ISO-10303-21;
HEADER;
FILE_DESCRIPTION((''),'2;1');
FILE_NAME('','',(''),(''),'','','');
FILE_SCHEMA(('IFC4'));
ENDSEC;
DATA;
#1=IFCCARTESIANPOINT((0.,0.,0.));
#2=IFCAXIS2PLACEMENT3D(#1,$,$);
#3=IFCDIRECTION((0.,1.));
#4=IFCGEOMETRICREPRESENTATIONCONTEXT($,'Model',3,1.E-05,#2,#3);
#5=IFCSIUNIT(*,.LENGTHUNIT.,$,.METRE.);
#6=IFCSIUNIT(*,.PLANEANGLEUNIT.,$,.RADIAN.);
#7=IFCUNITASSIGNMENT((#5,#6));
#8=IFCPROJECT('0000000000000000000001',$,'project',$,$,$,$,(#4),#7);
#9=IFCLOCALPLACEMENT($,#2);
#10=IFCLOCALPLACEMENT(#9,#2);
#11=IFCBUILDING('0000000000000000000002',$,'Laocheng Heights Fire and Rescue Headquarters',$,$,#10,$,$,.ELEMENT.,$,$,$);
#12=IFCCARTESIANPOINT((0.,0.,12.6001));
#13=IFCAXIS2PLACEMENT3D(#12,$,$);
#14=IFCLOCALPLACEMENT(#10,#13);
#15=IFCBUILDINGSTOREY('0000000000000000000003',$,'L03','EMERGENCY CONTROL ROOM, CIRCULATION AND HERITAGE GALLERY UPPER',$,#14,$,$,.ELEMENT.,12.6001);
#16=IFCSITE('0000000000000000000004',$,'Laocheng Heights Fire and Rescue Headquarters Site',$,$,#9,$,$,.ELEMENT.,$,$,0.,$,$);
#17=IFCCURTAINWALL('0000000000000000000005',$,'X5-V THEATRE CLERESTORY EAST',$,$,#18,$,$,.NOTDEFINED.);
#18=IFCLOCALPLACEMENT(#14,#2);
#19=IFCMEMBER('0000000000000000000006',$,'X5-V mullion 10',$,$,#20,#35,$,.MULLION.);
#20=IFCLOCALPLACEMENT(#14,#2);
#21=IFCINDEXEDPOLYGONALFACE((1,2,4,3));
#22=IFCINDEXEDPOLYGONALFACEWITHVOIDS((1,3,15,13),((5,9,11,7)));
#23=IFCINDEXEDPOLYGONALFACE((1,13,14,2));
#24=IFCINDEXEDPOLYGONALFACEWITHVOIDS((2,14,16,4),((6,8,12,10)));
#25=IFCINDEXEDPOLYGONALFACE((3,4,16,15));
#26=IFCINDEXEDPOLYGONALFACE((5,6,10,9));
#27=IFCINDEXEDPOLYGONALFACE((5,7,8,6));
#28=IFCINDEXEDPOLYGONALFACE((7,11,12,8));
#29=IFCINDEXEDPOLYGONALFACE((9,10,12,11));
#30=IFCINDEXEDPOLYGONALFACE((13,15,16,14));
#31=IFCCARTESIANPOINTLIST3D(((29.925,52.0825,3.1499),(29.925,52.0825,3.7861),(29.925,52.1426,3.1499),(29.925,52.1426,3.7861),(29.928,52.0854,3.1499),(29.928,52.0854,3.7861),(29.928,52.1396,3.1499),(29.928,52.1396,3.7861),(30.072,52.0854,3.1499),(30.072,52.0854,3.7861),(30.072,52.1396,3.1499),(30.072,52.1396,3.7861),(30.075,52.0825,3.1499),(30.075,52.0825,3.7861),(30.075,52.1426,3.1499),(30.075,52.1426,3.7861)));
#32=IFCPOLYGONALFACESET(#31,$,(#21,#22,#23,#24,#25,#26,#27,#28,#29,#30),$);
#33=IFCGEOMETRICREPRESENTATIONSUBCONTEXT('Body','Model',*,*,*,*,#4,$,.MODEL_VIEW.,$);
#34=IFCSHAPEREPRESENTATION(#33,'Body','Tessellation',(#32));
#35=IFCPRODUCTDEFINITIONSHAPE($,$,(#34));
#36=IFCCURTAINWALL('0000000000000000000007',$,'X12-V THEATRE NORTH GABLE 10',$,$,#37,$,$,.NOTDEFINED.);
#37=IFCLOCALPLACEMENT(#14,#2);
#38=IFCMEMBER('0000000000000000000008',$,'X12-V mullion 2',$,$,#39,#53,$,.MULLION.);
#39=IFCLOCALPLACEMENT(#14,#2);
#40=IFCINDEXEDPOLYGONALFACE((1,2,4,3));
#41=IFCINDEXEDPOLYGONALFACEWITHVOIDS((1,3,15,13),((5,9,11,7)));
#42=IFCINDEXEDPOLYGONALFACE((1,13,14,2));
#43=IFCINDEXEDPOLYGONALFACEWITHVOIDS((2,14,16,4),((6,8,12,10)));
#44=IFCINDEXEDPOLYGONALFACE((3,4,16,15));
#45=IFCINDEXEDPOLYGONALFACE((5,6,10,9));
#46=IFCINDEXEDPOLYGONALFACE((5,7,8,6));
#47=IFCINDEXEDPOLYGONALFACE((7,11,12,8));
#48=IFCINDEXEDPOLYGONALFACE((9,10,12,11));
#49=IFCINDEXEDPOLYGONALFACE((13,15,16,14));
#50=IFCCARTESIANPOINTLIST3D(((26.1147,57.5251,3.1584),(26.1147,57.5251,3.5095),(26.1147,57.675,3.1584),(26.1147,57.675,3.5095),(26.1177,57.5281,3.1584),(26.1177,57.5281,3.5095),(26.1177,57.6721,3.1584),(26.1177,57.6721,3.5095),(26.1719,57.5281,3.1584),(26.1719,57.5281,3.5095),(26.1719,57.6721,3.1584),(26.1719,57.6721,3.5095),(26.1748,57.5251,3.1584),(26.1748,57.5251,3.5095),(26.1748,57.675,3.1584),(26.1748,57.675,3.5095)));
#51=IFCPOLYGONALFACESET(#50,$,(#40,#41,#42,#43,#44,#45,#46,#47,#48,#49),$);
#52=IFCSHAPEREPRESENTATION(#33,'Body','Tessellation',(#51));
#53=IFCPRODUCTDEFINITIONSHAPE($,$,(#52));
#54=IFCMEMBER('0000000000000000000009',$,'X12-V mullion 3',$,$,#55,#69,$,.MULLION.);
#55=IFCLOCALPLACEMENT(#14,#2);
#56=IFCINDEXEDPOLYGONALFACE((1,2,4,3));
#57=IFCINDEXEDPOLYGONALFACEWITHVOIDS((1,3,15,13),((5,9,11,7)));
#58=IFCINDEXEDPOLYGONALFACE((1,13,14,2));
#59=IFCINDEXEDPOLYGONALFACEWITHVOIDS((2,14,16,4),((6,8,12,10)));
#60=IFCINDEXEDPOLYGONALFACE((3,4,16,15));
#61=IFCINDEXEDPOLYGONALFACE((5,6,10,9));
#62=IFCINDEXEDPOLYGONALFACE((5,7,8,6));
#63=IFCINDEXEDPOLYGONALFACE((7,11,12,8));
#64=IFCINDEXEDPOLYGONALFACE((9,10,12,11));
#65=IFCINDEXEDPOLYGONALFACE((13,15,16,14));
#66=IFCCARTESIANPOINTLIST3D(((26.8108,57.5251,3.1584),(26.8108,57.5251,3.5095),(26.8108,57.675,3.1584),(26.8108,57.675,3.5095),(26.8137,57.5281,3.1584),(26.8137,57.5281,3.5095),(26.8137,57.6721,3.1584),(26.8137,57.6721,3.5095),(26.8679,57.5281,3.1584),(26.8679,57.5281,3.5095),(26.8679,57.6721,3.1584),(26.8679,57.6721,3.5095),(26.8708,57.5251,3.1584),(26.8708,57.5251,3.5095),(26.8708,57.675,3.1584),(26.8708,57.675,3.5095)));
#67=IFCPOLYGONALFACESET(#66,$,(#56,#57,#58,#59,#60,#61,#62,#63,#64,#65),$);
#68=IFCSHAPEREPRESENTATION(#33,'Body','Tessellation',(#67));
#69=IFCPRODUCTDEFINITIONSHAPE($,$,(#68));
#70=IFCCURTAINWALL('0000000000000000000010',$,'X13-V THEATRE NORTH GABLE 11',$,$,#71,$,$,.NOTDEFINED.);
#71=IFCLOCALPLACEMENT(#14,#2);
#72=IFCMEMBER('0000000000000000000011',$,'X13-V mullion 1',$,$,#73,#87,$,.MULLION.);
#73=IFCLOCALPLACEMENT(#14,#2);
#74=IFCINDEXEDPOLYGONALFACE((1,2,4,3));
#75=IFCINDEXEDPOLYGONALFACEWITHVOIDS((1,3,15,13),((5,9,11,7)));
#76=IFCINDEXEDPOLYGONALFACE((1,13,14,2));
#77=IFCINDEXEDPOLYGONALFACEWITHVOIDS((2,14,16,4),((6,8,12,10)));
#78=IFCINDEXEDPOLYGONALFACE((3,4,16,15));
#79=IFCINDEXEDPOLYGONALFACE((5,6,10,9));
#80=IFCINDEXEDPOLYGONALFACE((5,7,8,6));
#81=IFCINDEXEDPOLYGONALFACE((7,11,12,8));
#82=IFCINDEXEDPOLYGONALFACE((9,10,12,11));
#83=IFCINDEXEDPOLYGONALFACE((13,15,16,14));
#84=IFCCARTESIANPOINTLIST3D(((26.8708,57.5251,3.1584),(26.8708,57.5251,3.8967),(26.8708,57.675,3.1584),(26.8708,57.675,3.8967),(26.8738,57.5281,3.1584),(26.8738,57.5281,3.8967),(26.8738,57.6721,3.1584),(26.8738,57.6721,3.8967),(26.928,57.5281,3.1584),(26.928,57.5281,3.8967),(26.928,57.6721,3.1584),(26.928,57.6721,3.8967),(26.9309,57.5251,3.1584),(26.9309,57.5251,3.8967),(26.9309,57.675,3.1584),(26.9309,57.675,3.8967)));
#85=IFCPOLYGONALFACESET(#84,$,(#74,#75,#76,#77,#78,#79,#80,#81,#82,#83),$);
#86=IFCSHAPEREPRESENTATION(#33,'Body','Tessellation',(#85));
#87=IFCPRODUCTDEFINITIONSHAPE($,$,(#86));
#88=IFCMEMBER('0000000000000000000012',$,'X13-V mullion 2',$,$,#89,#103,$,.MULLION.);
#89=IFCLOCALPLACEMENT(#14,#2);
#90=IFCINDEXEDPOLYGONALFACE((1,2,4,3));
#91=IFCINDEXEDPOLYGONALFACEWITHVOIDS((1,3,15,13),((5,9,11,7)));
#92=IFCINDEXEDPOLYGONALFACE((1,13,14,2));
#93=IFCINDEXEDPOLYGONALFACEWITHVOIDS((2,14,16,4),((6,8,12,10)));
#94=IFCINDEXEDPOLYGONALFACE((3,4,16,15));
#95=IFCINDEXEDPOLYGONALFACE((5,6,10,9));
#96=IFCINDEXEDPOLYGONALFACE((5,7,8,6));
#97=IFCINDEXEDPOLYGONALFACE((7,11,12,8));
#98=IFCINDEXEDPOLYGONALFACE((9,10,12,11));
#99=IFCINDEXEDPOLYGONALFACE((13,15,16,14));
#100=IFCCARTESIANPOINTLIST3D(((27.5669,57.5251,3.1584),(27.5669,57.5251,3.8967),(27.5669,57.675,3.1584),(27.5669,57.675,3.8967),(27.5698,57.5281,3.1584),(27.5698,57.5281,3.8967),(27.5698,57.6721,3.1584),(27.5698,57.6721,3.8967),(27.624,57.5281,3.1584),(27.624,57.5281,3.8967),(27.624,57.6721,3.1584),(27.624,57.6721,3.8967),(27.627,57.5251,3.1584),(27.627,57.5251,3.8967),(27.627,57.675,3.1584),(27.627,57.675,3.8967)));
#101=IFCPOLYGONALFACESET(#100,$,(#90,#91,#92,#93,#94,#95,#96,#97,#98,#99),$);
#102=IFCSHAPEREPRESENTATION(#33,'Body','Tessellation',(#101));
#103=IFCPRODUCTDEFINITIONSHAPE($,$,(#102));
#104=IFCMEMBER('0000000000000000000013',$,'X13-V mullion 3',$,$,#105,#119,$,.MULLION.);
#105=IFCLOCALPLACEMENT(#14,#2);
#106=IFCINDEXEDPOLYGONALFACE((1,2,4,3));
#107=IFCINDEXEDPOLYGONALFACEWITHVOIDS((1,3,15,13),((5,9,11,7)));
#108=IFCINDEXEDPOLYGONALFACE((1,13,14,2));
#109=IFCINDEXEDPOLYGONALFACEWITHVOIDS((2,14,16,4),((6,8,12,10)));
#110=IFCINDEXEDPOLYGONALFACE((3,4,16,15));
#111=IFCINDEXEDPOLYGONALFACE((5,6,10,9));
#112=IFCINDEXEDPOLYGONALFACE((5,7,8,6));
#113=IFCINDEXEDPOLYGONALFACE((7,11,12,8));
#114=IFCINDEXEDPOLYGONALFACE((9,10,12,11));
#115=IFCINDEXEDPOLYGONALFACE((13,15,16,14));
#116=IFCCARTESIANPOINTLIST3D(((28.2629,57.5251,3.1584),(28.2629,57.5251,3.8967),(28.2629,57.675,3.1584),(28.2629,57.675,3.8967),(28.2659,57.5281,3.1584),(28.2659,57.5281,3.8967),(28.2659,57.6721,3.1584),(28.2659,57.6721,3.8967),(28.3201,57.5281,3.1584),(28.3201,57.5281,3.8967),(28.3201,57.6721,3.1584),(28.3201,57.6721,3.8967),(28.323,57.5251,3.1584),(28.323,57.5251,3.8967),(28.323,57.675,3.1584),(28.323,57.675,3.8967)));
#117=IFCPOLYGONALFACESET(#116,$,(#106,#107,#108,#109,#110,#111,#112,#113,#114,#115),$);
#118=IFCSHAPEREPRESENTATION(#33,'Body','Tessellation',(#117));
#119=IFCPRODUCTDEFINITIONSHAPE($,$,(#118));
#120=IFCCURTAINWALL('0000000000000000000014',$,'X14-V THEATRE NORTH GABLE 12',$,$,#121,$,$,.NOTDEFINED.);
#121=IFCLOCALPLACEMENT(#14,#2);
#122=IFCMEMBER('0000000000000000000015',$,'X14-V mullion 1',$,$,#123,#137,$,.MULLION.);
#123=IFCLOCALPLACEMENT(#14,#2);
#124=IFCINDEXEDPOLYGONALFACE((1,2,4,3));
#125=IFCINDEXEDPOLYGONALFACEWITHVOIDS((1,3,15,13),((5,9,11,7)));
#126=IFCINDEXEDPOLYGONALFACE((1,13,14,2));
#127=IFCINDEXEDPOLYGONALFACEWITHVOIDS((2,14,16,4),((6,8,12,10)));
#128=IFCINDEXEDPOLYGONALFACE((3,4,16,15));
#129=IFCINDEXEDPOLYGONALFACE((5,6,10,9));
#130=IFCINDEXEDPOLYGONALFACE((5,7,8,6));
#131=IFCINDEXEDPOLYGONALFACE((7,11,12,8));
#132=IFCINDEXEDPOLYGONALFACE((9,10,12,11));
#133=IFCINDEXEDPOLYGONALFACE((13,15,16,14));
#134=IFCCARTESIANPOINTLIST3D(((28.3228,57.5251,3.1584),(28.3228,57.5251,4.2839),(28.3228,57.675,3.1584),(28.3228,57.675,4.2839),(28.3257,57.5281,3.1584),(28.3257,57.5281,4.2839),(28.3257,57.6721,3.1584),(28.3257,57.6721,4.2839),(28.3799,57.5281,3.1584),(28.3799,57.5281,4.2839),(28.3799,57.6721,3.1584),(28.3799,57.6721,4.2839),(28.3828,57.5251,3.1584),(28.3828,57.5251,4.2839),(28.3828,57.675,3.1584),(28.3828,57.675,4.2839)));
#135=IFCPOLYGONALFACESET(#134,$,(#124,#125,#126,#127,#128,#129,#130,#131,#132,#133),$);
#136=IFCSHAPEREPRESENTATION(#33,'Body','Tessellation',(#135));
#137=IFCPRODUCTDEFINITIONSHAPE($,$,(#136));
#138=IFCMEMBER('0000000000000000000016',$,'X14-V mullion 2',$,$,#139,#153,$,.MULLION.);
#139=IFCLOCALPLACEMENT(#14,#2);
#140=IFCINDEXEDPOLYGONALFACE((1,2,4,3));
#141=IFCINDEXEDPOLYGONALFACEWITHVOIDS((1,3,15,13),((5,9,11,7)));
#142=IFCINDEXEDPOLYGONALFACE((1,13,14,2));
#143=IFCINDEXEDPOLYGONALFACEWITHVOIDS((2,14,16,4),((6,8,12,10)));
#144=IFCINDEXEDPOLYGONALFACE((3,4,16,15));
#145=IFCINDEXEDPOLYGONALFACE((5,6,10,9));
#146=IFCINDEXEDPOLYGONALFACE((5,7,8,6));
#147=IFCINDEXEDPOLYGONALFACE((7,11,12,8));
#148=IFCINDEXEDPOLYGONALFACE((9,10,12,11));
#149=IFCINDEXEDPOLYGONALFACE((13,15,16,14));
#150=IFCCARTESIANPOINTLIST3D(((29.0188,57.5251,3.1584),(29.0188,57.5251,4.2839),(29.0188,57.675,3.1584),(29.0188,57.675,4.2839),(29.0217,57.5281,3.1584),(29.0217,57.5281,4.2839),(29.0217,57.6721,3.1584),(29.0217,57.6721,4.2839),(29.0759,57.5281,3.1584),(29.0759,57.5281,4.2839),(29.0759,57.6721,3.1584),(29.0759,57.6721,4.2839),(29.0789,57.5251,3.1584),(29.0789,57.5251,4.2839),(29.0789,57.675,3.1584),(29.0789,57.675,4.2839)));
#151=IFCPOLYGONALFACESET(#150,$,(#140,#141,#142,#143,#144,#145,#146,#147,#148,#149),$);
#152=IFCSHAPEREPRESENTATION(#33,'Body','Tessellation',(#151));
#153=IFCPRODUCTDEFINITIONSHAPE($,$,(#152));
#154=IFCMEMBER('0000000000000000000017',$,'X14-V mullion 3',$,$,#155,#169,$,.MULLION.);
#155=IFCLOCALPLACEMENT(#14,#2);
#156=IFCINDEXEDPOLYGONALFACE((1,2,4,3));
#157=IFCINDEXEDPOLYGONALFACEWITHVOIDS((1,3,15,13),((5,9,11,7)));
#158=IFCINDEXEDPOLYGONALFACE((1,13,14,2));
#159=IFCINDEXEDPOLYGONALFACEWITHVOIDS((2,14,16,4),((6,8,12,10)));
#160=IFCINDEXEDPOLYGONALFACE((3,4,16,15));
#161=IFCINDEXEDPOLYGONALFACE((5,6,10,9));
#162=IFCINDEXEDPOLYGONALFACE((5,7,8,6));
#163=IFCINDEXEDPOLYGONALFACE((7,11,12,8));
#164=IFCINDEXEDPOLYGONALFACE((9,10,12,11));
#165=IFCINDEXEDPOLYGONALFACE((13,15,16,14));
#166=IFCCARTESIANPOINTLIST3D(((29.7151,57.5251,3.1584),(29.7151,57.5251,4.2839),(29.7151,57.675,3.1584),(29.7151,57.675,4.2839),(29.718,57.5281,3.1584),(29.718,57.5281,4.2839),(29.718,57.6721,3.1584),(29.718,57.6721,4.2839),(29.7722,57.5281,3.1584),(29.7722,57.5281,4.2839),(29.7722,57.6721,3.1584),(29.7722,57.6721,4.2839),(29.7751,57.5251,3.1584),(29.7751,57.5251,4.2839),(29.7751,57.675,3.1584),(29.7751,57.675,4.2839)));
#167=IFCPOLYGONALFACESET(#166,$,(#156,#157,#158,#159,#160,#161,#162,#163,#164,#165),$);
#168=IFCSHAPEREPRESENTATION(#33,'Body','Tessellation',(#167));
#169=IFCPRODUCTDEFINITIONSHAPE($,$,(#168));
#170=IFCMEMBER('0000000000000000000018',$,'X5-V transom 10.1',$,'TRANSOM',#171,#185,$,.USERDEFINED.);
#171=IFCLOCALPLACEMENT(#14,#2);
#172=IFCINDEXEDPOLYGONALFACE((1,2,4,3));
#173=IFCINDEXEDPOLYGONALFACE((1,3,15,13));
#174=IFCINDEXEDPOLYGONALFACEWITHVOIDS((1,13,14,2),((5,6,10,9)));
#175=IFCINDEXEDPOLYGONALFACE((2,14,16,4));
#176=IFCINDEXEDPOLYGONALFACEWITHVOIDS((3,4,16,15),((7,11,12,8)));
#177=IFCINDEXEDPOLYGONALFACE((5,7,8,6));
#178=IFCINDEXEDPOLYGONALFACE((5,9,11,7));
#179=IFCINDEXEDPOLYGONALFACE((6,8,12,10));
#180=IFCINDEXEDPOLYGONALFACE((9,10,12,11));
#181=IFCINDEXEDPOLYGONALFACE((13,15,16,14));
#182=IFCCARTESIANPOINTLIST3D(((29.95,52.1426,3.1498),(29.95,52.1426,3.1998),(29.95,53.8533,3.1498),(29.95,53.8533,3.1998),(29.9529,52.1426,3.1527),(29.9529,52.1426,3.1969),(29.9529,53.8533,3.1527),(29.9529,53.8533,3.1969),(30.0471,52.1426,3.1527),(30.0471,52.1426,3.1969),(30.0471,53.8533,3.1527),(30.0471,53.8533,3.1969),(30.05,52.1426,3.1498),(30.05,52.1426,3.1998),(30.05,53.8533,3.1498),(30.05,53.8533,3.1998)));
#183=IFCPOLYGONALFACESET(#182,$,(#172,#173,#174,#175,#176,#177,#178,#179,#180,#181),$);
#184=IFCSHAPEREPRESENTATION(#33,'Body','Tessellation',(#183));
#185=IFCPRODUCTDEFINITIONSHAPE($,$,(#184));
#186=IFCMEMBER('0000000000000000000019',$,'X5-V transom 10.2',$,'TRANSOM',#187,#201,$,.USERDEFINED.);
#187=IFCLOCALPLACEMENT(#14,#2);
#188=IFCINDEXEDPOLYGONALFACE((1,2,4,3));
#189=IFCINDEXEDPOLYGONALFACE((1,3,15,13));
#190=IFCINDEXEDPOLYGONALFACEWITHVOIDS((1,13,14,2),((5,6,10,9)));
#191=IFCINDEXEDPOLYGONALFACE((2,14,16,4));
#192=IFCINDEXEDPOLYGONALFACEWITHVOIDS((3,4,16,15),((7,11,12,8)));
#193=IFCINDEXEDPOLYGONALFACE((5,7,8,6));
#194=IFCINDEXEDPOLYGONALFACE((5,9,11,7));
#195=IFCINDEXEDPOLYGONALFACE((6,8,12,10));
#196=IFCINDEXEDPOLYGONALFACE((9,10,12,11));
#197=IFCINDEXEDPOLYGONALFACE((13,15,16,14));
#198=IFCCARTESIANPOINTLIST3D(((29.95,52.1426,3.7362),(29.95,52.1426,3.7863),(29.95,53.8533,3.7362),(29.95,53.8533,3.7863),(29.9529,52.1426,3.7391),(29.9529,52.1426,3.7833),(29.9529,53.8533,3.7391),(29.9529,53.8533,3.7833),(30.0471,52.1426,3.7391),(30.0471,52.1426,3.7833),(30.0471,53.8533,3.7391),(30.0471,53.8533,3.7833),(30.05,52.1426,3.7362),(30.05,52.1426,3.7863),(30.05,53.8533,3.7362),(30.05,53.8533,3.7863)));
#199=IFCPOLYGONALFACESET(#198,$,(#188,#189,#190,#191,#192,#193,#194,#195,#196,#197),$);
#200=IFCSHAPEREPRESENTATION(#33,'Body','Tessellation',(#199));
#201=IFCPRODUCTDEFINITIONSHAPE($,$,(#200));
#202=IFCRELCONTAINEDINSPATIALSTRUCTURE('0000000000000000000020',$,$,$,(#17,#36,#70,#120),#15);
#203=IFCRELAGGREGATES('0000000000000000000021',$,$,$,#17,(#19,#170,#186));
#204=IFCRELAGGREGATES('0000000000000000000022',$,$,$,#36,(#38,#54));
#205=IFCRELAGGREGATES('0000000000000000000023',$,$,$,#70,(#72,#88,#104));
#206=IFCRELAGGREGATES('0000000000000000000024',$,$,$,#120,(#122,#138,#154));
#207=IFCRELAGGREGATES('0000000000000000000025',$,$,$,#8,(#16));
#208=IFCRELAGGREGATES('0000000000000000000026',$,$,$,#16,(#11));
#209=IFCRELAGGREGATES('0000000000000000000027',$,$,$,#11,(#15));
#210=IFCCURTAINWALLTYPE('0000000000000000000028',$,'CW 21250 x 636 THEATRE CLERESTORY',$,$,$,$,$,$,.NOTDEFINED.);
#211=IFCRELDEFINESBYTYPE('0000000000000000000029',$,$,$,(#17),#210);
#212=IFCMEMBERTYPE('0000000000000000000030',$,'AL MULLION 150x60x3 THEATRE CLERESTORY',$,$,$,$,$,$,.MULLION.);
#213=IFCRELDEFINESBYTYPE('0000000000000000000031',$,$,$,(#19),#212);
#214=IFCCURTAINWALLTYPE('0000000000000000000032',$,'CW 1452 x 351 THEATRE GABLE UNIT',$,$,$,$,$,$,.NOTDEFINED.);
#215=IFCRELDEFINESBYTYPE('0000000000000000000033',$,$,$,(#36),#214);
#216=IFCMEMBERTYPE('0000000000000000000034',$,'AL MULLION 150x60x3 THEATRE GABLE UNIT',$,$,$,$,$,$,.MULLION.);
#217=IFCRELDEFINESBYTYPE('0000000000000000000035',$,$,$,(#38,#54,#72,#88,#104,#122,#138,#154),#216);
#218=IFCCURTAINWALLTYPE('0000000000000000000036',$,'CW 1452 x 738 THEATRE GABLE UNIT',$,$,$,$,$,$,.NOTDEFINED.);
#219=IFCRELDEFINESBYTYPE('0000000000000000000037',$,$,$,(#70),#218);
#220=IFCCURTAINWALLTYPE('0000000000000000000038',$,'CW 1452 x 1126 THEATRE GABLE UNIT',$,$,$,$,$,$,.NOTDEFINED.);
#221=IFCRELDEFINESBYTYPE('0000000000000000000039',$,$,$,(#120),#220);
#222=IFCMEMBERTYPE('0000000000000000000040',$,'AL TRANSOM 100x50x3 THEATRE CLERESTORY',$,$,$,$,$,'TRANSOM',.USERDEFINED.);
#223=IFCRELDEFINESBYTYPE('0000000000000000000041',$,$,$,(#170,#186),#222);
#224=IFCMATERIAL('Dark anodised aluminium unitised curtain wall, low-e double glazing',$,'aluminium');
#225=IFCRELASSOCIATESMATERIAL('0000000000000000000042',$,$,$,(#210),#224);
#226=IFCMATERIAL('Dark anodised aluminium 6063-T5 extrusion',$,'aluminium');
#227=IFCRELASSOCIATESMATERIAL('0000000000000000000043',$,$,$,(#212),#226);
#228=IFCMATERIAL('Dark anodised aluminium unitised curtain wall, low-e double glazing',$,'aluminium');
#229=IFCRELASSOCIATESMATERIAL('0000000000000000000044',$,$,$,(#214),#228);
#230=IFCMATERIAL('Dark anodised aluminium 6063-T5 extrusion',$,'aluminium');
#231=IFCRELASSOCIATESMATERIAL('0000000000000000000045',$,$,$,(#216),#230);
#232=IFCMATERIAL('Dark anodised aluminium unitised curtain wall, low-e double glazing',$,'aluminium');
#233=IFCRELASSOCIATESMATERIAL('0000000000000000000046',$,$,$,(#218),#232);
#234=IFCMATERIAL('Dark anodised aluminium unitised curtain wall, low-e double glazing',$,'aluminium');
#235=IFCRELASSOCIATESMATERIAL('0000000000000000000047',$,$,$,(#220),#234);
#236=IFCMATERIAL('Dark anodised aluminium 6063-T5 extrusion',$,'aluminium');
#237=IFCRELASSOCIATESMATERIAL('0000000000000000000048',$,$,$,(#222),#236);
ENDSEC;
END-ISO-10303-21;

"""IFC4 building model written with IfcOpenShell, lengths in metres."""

from ifc_helpers import new_model, si_unit, direction, frame, origin, origin_2d, place, context, subcontext, project, spatial, hollow_rectangle, extrude, material, material_profile, profile_set, type_object, element, aggregate, save


model = new_model("IFC4")

# Units and contexts
model_context = context("Model", 3, precision=1e-05, world=origin(), true_north=direction((0.0, 1.0)))
body_context = subcontext(model_context, "Body", "Model", "MODEL_VIEW")
ifc_project = project(units=[si_unit("LENGTHUNIT", "METRE"), si_unit("PLANEANGLEUNIT", "RADIAN")], contexts=[model_context])

# Site, building, storey
site_placement = place(None, origin())
site = spatial("IfcSite", under=ifc_project, at=site_placement, Name="Laocheng Heights Fire and Rescue Headquarters Site", CompositionType="ELEMENT", RefElevation=0.0)
building_placement = place(site_placement, origin())
building = spatial("IfcBuilding", under=site, at=building_placement, Name="Laocheng Heights Fire and Rescue Headquarters", CompositionType="ELEMENT")
storey_placement = place(building_placement, frame((0.0, 0.0, 12.6001)))
storey = spatial("IfcBuildingStorey", under=building, at=storey_placement, Name="L03", Description="EMERGENCY CONTROL ROOM, CIRCULATION AND HERITAGE GALLERY UPPER", CompositionType="ELEMENT", Elevation=12.6001)

# Curtain wall, member
ifc_material_1 = material(Name="Dark anodised aluminium unitised curtain wall, low-e double glazing", Category="aluminium")
curtain_wall_type_1 = type_object("IfcCurtainWallType", Name="CW 21250 x 636 THEATRE CLERESTORY", PredefinedType="NOTDEFINED", material=ifc_material_1)
curtain_wall_1_placement = place(storey_placement, origin())
curtain_wall_1 = element("IfcCurtainWall", 1, at=curtain_wall_1_placement, inside=storey, type_object=curtain_wall_type_1, Name="X5-V THEATRE CLERESTORY EAST", PredefinedType="NOTDEFINED")
ifc_material_2 = material(Name="Dark anodised aluminium 6063-T5 extrusion", Category="aluminium")
ifc_material_profile_1 = material_profile(ifc_material_2, hollow_rectangle(XDim=0.1499, YDim=0.0601, WallThickness=0.0029, at=origin_2d()), Name="AL MULLION 150x60x3 THEATRE CLERESTORY")
ifc_profile_set_1 = profile_set([ifc_material_profile_1], Name="Dark anodised aluminium 6063-T5 extrusion")
member_type_1 = type_object("IfcMemberType", Name="AL MULLION 150x60x3 THEATRE CLERESTORY", PredefinedType="MULLION", material=ifc_profile_set_1)
member_1_placement = place(storey_placement, frame((30.0, 52.1125, 3.1499), z_axis=(0.0, 0.0, 1.0), x_axis=(-1.0, 0.0, 0.0)))
member_1 = element("IfcMember", 2, at=member_1_placement, type_object=member_type_1, Name="X5-V mullion 10", PredefinedType="MULLION", context=body_context, shape_type="SweptSolid", body=[
    extrude(hollow_rectangle(XDim=0.1499, YDim=0.0601, WallThickness=0.0029, at=origin_2d()), origin(), (0.0, 0.0, 1.0), 0.6362),
])

# Curtain walls, members
ifc_material_3 = material(Name="Dark anodised aluminium unitised curtain wall, low-e double glazing", Category="aluminium")
curtain_wall_type_2 = type_object("IfcCurtainWallType", Name="CW 1452 x 351 THEATRE GABLE UNIT", PredefinedType="NOTDEFINED", material=ifc_material_3)
curtain_wall_2_placement = place(storey_placement, origin())
curtain_wall_2 = element("IfcCurtainWall", 3, at=curtain_wall_2_placement, inside=storey, type_object=curtain_wall_type_2, Name="X12-V THEATRE NORTH GABLE 10", PredefinedType="NOTDEFINED")
ifc_material_4 = material(Name="Dark anodised aluminium 6063-T5 extrusion", Category="aluminium")
ifc_material_profile_2 = material_profile(ifc_material_4, hollow_rectangle(XDim=0.1499, YDim=0.0601, WallThickness=0.0029, at=origin_2d()), Name="AL MULLION 150x60x3 THEATRE GABLE UNIT")
ifc_profile_set_2 = profile_set([ifc_material_profile_2], Name="Dark anodised aluminium 6063-T5 extrusion")
member_type_2 = type_object("IfcMemberType", Name="AL MULLION 150x60x3 THEATRE GABLE UNIT", PredefinedType="MULLION", material=ifc_profile_set_2)
member_2_placement = place(storey_placement, frame((26.1448, 57.6001, 3.1584), z_axis=(0.0, 0.0, 1.0), x_axis=(0.0, 1.0, 0.0)))
member_2 = element("IfcMember", 4, at=member_2_placement, type_object=member_type_2, Name="X12-V mullion 2", PredefinedType="MULLION", context=body_context, shape_type="SweptSolid", body=[
    extrude(hollow_rectangle(XDim=0.1499, YDim=0.0601, WallThickness=0.0029, at=origin_2d()), origin(), (0.0, 0.0, 1.0), 0.3511),
])
member_3_placement = place(storey_placement, frame((26.8408, 57.6001, 3.1584), z_axis=(0.0, 0.0, 1.0), x_axis=(0.0, 1.0, 0.0)))
member_3 = element("IfcMember", 5, at=member_3_placement, type_object=member_type_2, Name="X12-V mullion 3", PredefinedType="MULLION", context=body_context, shape_type="SweptSolid", body=[
    extrude(hollow_rectangle(XDim=0.1499, YDim=0.0601, WallThickness=0.0029, at=origin_2d()), origin(), (0.0, 0.0, 1.0), 0.3511),
])
ifc_material_5 = material(Name="Dark anodised aluminium unitised curtain wall, low-e double glazing", Category="aluminium")
curtain_wall_type_3 = type_object("IfcCurtainWallType", Name="CW 1452 x 738 THEATRE GABLE UNIT", PredefinedType="NOTDEFINED", material=ifc_material_5)
curtain_wall_3_placement = place(storey_placement, origin())
curtain_wall_3 = element("IfcCurtainWall", 6, at=curtain_wall_3_placement, inside=storey, type_object=curtain_wall_type_3, Name="X13-V THEATRE NORTH GABLE 11", PredefinedType="NOTDEFINED")
member_4_placement = place(storey_placement, frame((26.9009, 57.6001, 3.1584), z_axis=(0.0, 0.0, 1.0), x_axis=(0.0, 1.0, 0.0)))
member_4 = element("IfcMember", 7, at=member_4_placement, type_object=member_type_2, Name="X13-V mullion 1", PredefinedType="MULLION", context=body_context, shape_type="SweptSolid", body=[
    extrude(hollow_rectangle(XDim=0.1499, YDim=0.0601, WallThickness=0.0029, at=origin_2d()), origin(), (0.0, 0.0, 1.0), 0.7383),
])
member_5_placement = place(storey_placement, frame((27.5969, 57.6001, 3.1584), z_axis=(0.0, 0.0, 1.0), x_axis=(0.0, 1.0, 0.0)))
member_5 = element("IfcMember", 8, at=member_5_placement, type_object=member_type_2, Name="X13-V mullion 2", PredefinedType="MULLION", context=body_context, shape_type="SweptSolid", body=[
    extrude(hollow_rectangle(XDim=0.1499, YDim=0.0601, WallThickness=0.0029, at=origin_2d()), origin(), (0.0, 0.0, 1.0), 0.7383),
])
member_6_placement = place(storey_placement, frame((28.293, 57.6001, 3.1584), z_axis=(0.0, 0.0, 1.0), x_axis=(0.0, 1.0, 0.0)))
member_6 = element("IfcMember", 9, at=member_6_placement, type_object=member_type_2, Name="X13-V mullion 3", PredefinedType="MULLION", context=body_context, shape_type="SweptSolid", body=[
    extrude(hollow_rectangle(XDim=0.1499, YDim=0.0601, WallThickness=0.0029, at=origin_2d()), origin(), (0.0, 0.0, 1.0), 0.7383),
])
ifc_material_6 = material(Name="Dark anodised aluminium unitised curtain wall, low-e double glazing", Category="aluminium")
curtain_wall_type_4 = type_object("IfcCurtainWallType", Name="CW 1452 x 1126 THEATRE GABLE UNIT", PredefinedType="NOTDEFINED", material=ifc_material_6)
curtain_wall_4_placement = place(storey_placement, origin())
curtain_wall_4 = element("IfcCurtainWall", 10, at=curtain_wall_4_placement, inside=storey, type_object=curtain_wall_type_4, Name="X14-V THEATRE NORTH GABLE 12", PredefinedType="NOTDEFINED")
member_7_placement = place(storey_placement, frame((28.3528, 57.6001, 3.1584), z_axis=(0.0, 0.0, 1.0), x_axis=(0.0, 1.0, 0.0)))
member_7 = element("IfcMember", 11, at=member_7_placement, type_object=member_type_2, Name="X14-V mullion 1", PredefinedType="MULLION", context=body_context, shape_type="SweptSolid", body=[
    extrude(hollow_rectangle(XDim=0.1499, YDim=0.0601, WallThickness=0.0029, at=origin_2d()), origin(), (0.0, 0.0, 1.0), 1.1255),
])
member_8_placement = place(storey_placement, frame((29.0488, 57.6001, 3.1584), z_axis=(0.0, 0.0, 1.0), x_axis=(0.0, 1.0, 0.0)))
member_8 = element("IfcMember", 12, at=member_8_placement, type_object=member_type_2, Name="X14-V mullion 2", PredefinedType="MULLION", context=body_context, shape_type="SweptSolid", body=[
    extrude(hollow_rectangle(XDim=0.1499, YDim=0.0601, WallThickness=0.0029, at=origin_2d()), origin(), (0.0, 0.0, 1.0), 1.1255),
])
member_9_placement = place(storey_placement, frame((29.7451, 57.6001, 3.1584), z_axis=(0.0, 0.0, 1.0), x_axis=(0.0, 1.0, 0.0)))
member_9 = element("IfcMember", 13, at=member_9_placement, type_object=member_type_2, Name="X14-V mullion 3", PredefinedType="MULLION", context=body_context, shape_type="SweptSolid", body=[
    extrude(hollow_rectangle(XDim=0.1499, YDim=0.0601, WallThickness=0.0029, at=origin_2d()), origin(), (0.0, 0.0, 1.0), 1.1255),
])

# Members
ifc_material_7 = material(Name="Dark anodised aluminium 6063-T5 extrusion", Category="aluminium")
ifc_material_profile_3 = material_profile(ifc_material_7, hollow_rectangle(XDim=0.1001, YDim=0.05, WallThickness=0.0029, at=origin_2d()), Name="AL TRANSOM 100x50x3 THEATRE CLERESTORY")
ifc_profile_set_3 = profile_set([ifc_material_profile_3], Name="Dark anodised aluminium 6063-T5 extrusion")
member_type_3 = type_object("IfcMemberType", Name="AL TRANSOM 100x50x3 THEATRE CLERESTORY", ElementType="TRANSOM", PredefinedType="USERDEFINED", material=ifc_profile_set_3)
member_10_placement = place(storey_placement, frame((30.0, 52.1426, 3.1748), z_axis=(0.0, 1.0, 0.0), x_axis=(-1.0, 0.0, 0.0)))
member_10 = element("IfcMember", 14, at=member_10_placement, type_object=member_type_3, Name="X5-V transom 10.1", ObjectType="TRANSOM", PredefinedType="USERDEFINED", context=body_context, shape_type="SweptSolid", body=[
    extrude(hollow_rectangle(XDim=0.1001, YDim=0.05, WallThickness=0.0029, at=origin_2d()), origin(), (0.0, 0.0, 1.0), 1.7107),
])
member_11_placement = place(storey_placement, frame((30.0, 52.1426, 3.7612), z_axis=(0.0, 1.0, 0.0), x_axis=(-1.0, 0.0, 0.0)))
member_11 = element("IfcMember", 15, at=member_11_placement, type_object=member_type_3, Name="X5-V transom 10.2", ObjectType="TRANSOM", PredefinedType="USERDEFINED", context=body_context, shape_type="SweptSolid", body=[
    extrude(hollow_rectangle(XDim=0.1001, YDim=0.05, WallThickness=0.0029, at=origin_2d()), origin(), (0.0, 0.0, 1.0), 1.7107),
])

aggregate(curtain_wall_1, [member_1, member_10, member_11])
aggregate(curtain_wall_2, [member_2, member_3])
aggregate(curtain_wall_3, [member_4, member_5, member_6])
aggregate(curtain_wall_4, [member_7, member_8, member_9])

save(model, "model.ifc")
